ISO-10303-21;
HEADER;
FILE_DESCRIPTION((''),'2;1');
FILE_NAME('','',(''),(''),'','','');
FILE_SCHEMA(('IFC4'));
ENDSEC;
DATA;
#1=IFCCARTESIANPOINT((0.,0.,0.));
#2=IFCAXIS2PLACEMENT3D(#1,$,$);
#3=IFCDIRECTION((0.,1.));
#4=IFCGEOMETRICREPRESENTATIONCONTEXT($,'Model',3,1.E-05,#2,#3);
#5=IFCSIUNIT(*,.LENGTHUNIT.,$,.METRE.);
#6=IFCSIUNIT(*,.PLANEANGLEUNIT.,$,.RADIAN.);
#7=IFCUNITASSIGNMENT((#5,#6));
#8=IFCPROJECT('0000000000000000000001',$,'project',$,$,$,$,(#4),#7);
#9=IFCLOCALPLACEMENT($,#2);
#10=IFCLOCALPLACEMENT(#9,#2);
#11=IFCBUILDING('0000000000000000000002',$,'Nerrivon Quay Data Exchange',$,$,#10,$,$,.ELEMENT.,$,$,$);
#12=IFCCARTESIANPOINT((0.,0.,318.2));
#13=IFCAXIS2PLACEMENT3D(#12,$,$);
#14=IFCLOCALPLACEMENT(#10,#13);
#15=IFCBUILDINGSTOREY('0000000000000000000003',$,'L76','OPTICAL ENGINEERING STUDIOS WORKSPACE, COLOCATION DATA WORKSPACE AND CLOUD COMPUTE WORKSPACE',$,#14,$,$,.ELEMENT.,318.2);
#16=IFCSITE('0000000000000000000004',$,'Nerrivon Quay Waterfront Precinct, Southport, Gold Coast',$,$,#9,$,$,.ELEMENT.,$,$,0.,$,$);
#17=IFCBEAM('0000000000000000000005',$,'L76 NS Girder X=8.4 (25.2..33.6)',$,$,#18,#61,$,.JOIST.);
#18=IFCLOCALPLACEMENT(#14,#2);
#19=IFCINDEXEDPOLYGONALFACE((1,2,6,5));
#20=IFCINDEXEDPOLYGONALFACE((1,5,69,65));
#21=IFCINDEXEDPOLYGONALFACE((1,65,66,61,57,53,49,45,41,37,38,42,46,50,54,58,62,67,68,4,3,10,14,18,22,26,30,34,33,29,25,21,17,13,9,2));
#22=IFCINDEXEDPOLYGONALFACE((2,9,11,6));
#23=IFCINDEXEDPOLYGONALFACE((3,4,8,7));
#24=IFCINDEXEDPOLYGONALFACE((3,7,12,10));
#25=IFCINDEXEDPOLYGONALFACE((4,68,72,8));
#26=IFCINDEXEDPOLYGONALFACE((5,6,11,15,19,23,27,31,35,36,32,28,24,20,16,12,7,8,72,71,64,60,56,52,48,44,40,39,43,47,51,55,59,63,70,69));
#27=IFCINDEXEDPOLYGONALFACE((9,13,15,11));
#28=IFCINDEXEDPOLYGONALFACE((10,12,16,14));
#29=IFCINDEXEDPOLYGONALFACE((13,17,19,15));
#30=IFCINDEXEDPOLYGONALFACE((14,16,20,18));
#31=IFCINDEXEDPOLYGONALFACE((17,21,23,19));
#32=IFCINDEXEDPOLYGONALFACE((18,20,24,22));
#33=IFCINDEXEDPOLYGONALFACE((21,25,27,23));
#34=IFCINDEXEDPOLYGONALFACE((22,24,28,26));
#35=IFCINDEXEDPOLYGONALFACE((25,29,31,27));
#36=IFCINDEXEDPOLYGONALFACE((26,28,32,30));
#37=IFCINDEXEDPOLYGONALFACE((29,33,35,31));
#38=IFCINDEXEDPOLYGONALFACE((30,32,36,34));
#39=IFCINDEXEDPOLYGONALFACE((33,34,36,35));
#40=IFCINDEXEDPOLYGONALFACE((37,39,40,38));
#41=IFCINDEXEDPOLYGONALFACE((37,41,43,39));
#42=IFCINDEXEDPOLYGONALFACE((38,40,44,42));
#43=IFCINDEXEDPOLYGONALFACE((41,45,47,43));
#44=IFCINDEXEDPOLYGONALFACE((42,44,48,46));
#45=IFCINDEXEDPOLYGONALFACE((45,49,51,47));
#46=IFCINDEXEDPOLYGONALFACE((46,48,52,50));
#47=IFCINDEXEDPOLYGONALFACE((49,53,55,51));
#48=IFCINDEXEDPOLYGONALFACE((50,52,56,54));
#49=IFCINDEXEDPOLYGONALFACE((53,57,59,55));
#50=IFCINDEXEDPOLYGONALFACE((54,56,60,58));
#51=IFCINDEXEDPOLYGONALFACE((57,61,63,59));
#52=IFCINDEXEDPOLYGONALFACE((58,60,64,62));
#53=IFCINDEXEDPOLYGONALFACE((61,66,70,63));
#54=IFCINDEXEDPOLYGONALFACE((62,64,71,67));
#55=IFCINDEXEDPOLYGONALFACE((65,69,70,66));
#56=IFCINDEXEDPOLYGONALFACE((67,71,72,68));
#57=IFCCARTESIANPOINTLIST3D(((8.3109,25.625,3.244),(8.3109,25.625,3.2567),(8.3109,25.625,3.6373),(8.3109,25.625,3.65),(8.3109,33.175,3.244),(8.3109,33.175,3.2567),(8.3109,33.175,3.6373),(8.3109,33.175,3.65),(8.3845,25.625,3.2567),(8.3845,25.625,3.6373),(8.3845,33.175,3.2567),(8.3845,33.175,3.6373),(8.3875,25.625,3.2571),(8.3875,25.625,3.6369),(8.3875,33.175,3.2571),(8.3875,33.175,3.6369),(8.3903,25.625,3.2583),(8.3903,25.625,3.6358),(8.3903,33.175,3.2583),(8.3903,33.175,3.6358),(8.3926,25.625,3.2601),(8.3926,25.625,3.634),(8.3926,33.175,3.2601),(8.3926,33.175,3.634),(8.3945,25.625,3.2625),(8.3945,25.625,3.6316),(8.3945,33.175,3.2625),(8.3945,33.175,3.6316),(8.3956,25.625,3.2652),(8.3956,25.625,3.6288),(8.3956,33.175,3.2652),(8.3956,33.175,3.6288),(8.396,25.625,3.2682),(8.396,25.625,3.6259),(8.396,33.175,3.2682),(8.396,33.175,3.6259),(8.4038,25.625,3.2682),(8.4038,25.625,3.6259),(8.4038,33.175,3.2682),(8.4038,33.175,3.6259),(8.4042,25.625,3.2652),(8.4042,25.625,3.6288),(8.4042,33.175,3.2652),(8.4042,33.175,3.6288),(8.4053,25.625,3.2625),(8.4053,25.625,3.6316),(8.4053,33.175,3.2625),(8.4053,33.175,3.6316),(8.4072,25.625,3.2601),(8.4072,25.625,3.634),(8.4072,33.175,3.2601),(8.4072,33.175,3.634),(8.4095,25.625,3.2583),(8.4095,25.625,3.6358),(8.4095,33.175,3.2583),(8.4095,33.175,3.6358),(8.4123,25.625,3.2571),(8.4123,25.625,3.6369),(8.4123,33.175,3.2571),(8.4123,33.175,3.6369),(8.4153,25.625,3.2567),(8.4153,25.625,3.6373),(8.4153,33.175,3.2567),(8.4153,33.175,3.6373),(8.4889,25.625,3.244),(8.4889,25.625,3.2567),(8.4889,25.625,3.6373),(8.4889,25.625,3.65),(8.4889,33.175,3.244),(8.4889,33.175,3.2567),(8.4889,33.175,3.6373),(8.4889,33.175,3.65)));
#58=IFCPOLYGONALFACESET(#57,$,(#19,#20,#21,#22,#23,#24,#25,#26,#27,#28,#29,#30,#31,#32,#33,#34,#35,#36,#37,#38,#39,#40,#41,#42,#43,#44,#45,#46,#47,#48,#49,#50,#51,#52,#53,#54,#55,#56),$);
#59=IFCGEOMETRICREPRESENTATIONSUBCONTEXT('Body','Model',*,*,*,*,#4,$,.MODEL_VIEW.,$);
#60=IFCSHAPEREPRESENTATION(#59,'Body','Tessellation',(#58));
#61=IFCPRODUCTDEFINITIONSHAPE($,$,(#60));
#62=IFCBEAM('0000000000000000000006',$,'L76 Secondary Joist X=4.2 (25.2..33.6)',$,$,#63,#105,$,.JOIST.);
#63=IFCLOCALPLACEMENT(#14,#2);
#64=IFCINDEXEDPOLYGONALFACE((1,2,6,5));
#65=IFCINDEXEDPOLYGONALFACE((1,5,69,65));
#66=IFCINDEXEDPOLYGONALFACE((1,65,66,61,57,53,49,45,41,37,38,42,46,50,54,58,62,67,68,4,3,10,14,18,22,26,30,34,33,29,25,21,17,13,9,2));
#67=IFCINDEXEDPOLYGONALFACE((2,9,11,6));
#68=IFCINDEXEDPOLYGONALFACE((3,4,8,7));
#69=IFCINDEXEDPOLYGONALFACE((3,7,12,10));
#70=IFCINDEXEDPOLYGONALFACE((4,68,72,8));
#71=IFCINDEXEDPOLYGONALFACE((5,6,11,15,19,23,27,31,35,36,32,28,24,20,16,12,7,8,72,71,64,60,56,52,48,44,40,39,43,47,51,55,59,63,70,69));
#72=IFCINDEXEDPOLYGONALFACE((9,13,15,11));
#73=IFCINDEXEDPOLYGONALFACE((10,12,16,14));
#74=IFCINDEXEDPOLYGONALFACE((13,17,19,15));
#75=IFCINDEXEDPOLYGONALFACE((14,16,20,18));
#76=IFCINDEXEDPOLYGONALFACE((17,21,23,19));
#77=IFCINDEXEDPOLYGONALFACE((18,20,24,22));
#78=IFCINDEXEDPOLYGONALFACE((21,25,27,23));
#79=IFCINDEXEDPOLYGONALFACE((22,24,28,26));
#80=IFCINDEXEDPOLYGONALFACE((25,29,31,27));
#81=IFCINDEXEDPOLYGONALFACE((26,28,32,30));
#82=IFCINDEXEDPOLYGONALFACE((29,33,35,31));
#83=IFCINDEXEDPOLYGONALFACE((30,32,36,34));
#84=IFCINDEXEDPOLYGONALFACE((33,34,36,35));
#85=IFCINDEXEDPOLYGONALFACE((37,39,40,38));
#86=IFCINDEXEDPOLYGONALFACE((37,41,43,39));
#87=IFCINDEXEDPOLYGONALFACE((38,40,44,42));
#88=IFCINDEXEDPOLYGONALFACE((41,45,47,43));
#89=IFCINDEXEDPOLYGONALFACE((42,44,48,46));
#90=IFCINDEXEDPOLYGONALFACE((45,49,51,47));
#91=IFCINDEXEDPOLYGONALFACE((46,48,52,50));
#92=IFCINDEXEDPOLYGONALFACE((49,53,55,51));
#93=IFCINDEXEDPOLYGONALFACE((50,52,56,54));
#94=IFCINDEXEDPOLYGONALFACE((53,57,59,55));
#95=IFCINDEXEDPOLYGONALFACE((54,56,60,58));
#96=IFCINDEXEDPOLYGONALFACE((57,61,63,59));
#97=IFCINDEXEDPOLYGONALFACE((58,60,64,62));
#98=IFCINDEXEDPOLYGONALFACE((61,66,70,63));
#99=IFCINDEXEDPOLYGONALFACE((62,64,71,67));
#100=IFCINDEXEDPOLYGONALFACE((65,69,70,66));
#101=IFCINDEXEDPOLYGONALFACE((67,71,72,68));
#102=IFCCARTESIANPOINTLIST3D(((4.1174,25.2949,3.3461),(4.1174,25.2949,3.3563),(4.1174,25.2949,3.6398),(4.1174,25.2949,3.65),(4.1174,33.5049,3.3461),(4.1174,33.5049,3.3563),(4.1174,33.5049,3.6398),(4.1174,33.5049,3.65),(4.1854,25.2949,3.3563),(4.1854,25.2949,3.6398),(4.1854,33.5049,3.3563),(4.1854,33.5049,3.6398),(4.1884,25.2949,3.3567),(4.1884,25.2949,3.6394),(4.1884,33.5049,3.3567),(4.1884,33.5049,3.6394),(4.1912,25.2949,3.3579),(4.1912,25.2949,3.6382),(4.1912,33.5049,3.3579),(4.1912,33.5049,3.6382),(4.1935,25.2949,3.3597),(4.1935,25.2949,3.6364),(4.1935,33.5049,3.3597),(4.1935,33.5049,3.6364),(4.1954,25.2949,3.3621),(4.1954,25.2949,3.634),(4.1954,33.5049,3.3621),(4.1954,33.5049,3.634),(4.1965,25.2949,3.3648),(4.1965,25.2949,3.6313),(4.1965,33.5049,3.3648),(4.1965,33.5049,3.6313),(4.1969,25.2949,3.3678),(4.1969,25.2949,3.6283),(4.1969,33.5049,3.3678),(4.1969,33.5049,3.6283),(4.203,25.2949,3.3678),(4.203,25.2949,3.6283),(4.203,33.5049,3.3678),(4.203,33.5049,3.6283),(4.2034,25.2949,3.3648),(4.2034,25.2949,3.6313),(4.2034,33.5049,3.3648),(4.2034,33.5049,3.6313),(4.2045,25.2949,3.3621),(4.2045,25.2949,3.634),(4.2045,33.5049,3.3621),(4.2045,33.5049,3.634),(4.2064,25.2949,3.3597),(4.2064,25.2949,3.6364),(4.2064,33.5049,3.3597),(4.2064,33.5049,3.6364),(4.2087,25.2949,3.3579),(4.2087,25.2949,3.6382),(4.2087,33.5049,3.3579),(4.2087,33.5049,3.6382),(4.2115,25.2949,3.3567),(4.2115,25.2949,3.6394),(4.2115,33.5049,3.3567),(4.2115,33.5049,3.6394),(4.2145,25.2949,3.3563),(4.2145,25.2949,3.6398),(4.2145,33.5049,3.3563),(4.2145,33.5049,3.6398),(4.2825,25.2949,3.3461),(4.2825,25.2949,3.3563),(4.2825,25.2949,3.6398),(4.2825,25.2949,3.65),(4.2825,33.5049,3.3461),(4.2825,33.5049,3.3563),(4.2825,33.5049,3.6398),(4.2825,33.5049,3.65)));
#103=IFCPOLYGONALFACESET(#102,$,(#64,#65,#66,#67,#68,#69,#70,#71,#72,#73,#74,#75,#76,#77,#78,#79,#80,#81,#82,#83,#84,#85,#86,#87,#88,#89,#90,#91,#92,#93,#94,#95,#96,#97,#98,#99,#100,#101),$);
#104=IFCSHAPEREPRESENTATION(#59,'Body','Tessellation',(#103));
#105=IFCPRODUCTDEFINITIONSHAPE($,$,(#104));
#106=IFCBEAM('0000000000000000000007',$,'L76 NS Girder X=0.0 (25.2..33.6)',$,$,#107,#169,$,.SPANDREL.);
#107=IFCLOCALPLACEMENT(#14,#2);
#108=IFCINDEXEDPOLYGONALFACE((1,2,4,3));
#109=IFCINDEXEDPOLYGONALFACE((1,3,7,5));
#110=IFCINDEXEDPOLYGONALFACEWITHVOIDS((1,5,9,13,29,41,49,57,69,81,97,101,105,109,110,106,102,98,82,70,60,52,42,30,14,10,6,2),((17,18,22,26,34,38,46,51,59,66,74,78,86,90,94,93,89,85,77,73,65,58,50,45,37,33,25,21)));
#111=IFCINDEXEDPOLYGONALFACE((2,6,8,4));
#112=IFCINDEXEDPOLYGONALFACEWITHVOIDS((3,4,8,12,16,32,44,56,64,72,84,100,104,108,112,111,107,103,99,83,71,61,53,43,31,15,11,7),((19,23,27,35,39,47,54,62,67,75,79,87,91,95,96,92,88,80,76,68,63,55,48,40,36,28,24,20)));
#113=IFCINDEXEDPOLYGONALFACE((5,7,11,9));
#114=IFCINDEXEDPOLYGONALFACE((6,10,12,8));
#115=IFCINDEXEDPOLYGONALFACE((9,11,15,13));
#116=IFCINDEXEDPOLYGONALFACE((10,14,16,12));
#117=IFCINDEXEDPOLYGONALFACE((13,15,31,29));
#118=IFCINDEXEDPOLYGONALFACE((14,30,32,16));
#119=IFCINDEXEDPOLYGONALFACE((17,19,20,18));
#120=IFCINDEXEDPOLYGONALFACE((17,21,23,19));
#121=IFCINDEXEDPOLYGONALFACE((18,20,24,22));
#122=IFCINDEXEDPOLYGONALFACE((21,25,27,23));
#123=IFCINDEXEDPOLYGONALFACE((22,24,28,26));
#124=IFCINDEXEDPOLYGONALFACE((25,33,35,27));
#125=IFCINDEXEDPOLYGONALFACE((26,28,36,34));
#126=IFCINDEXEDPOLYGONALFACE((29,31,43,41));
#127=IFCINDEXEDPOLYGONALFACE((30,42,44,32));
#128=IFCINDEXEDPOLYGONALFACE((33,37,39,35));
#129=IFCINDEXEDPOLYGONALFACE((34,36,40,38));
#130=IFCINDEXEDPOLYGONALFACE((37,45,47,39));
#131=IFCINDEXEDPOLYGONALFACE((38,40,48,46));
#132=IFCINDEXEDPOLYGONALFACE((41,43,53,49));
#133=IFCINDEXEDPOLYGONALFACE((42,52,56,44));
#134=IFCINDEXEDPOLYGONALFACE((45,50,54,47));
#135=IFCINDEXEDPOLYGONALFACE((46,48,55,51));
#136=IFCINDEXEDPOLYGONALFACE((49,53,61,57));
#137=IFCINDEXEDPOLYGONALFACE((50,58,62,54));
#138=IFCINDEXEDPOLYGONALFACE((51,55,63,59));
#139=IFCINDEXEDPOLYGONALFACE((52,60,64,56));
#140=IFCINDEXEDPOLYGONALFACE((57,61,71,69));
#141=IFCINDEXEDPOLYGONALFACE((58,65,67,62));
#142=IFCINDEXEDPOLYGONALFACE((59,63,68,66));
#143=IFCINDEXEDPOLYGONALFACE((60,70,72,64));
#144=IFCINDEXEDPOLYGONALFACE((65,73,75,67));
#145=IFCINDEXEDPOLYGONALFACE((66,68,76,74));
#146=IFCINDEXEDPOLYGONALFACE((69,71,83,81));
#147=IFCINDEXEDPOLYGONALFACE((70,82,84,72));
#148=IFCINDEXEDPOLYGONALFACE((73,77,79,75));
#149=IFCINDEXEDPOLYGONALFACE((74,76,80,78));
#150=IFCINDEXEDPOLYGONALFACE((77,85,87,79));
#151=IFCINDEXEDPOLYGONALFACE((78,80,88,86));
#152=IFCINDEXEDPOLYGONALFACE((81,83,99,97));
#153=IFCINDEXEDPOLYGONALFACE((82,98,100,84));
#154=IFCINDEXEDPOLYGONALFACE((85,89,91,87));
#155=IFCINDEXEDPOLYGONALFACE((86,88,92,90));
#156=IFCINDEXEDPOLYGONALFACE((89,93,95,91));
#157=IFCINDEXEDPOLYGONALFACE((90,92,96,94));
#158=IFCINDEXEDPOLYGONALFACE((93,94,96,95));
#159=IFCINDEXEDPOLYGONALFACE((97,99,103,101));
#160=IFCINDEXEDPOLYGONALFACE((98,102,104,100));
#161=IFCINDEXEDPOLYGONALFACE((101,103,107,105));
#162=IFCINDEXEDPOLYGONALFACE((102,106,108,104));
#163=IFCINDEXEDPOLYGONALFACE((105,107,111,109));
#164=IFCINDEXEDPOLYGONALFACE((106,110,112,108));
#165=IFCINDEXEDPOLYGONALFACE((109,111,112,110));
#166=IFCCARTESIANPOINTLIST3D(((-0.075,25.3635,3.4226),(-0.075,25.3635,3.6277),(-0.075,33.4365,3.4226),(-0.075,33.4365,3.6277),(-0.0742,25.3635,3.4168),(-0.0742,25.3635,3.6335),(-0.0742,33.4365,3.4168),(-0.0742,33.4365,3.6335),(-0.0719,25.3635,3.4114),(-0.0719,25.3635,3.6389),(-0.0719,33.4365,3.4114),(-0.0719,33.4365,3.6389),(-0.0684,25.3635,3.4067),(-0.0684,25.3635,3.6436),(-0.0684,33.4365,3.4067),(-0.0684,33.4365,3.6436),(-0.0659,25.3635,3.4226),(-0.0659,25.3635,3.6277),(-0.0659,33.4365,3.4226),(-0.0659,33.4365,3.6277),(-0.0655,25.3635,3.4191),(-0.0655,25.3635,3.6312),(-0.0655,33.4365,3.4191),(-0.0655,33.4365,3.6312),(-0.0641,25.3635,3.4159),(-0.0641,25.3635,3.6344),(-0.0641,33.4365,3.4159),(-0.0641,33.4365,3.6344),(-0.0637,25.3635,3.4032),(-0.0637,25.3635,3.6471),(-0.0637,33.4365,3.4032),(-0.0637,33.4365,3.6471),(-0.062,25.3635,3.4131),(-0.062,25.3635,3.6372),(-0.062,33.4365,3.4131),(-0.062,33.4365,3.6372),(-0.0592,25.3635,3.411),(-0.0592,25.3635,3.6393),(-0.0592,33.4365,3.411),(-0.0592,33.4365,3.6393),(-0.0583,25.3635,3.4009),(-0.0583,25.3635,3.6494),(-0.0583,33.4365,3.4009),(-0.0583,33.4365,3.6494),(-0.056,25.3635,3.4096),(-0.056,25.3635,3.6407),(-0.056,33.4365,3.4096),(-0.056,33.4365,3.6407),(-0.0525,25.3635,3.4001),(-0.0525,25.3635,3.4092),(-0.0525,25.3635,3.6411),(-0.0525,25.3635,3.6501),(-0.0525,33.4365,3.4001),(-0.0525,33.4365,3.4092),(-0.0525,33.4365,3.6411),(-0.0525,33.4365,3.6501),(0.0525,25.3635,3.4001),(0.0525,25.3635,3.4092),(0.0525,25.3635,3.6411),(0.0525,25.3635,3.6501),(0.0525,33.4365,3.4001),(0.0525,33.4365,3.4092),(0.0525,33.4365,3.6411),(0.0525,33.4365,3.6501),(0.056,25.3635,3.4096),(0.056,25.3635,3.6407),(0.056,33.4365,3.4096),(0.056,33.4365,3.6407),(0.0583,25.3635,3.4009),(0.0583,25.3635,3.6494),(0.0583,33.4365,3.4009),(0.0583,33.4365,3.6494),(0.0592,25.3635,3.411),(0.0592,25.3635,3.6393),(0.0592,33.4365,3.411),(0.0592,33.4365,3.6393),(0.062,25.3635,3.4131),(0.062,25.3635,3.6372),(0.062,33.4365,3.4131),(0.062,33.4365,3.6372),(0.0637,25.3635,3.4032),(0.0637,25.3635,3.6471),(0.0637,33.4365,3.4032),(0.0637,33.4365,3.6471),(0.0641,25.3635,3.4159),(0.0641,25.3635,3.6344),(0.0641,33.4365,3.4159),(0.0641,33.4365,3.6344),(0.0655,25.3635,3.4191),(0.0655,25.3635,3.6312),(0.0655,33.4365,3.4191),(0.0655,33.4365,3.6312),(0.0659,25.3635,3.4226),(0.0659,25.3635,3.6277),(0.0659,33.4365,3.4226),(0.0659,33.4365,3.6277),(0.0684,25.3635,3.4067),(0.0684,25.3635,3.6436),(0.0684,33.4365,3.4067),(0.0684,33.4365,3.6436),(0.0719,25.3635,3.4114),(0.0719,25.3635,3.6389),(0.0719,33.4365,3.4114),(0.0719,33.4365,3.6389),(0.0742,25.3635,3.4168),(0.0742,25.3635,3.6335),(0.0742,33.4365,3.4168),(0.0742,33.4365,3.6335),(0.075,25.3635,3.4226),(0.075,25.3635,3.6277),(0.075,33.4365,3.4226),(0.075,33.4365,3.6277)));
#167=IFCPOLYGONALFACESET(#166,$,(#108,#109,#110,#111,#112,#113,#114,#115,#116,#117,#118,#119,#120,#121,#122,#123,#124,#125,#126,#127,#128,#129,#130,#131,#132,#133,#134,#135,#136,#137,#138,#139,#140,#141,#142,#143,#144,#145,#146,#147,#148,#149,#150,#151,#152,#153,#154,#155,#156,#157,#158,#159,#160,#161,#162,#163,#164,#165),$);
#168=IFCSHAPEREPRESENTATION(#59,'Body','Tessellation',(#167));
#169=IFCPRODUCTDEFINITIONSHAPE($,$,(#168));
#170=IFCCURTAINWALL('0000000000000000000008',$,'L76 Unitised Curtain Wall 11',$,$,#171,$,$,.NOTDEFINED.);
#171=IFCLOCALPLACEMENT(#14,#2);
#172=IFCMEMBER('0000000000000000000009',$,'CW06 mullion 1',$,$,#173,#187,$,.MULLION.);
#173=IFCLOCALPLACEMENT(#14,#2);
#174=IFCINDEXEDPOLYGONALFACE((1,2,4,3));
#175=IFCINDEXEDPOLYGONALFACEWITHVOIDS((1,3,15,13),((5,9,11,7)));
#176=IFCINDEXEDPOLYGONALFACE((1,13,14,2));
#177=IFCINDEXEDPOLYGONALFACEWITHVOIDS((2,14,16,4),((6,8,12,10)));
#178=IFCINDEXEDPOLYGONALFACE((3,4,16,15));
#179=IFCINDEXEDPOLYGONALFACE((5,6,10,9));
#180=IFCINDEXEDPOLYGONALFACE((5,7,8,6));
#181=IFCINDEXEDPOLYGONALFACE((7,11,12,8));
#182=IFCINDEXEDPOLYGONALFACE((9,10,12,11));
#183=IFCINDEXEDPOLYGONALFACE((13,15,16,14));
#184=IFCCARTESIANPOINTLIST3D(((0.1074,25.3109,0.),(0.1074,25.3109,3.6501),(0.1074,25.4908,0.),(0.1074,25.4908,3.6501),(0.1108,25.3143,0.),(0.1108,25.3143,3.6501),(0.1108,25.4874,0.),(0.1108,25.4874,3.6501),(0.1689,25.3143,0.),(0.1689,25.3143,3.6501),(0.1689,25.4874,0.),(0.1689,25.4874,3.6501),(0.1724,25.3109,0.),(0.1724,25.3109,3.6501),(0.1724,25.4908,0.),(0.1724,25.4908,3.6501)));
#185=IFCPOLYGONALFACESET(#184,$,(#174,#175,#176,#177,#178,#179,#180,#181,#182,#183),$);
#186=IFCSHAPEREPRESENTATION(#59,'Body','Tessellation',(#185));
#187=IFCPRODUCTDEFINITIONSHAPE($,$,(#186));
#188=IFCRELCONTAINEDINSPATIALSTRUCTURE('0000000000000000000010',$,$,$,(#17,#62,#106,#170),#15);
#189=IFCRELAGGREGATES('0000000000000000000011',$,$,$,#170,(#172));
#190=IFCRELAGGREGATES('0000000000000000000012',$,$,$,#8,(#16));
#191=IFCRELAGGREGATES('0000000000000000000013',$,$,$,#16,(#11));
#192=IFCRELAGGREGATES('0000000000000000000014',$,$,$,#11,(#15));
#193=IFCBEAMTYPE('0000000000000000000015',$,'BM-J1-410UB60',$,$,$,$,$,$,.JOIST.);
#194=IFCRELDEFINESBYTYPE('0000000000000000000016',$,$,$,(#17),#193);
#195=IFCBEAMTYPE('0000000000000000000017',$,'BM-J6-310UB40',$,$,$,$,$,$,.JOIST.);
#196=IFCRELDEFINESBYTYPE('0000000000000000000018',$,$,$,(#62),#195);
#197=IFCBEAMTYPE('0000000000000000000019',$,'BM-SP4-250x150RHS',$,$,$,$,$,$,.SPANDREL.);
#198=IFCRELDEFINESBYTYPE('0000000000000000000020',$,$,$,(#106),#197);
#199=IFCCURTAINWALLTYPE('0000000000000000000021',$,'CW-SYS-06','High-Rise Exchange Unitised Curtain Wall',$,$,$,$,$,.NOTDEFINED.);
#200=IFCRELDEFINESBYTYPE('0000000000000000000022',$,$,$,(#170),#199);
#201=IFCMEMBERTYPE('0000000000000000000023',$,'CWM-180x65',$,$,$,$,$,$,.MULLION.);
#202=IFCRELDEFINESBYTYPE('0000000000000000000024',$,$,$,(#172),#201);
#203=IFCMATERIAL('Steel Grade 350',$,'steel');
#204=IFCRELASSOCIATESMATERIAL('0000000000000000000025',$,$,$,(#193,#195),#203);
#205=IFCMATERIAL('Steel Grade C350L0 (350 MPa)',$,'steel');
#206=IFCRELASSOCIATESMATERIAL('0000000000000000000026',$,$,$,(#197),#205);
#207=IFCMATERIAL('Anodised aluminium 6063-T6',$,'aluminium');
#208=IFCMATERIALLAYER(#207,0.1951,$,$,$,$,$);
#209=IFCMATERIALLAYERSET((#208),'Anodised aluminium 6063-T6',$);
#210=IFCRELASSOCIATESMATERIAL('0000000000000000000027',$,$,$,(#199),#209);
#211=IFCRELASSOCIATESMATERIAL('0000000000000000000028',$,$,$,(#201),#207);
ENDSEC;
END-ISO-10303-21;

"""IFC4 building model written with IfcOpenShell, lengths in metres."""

from ifc_helpers import new_model, si_unit, direction, frame, origin, origin_2d, place, context, subcontext, project, spatial, hollow_rectangle, i_section, extrude, material, layer, layer_set, material_profile, profile_set, type_object, element, aggregate, save


model = new_model("IFC4")

# Units and contexts
model_context = context("Model", 3, precision=1e-05, world=origin(), true_north=direction((0.0, 1.0)))
body_context = subcontext(model_context, "Body", "Model", "MODEL_VIEW")
ifc_project = project(units=[si_unit("LENGTHUNIT", "METRE"), si_unit("PLANEANGLEUNIT", "RADIAN")], contexts=[model_context])

# Site, building, storey
site_placement = place(None, origin())
site = spatial("IfcSite", under=ifc_project, at=site_placement, Name="Nerrivon Quay Waterfront Precinct, Southport, Gold Coast", CompositionType="ELEMENT", RefElevation=0.0)
building_placement = place(site_placement, origin())
building = spatial("IfcBuilding", under=site, at=building_placement, Name="Nerrivon Quay Data Exchange", CompositionType="ELEMENT")
storey_placement = place(building_placement, frame((0.0, 0.0, 318.2)))
storey = spatial("IfcBuildingStorey", under=building, at=storey_placement, Name="L76", Description="OPTICAL ENGINEERING STUDIOS WORKSPACE, COLOCATION DATA WORKSPACE AND CLOUD COMPUTE WORKSPACE", CompositionType="ELEMENT", Elevation=318.2)

# Beams
ifc_material_1 = material(Name="Steel Grade 350", Category="steel")
ifc_material_profile_1 = material_profile(ifc_material_1, i_section(OverallWidth=0.178, OverallDepth=0.406, WebThickness=0.0078, FlangeThickness=0.0127, FilletRadius=0.0115, at=origin_2d()), Name="410UB59.7")
ifc_profile_set_1 = profile_set([ifc_material_profile_1], Name="Steel Grade 350")
beam_type_1 = type_object("IfcBeamType", Name="BM-J1-410UB60", PredefinedType="JOIST", material=ifc_profile_set_1)
beam_1_placement = place(storey_placement, frame((8.3999, 25.625, 3.447), z_axis=(0.0, 1.0, 0.0), x_axis=(-1.0, 0.0, 0.0)))
element("IfcBeam", 1, at=beam_1_placement, inside=storey, type_object=beam_type_1, Name="L76 NS Girder X=8.4 (25.2..33.6)", PredefinedType="JOIST", context=body_context, shape_type="SweptSolid", body=[
    extrude(i_section(OverallWidth=0.178, OverallDepth=0.406, WebThickness=0.0078, FlangeThickness=0.0127, FilletRadius=0.0115, at=origin_2d()), origin(), (0.0, 0.0, 1.0), 7.55),
])
ifc_material_profile_2 = material_profile(ifc_material_1, i_section(OverallWidth=0.165, OverallDepth=0.304, WebThickness=0.0061, FlangeThickness=0.0103, FilletRadius=0.0115, at=origin_2d()), Name="310UB40.4")
ifc_profile_set_2 = profile_set([ifc_material_profile_2], Name="Steel Grade 350")
beam_type_2 = type_object("IfcBeamType", Name="BM-J6-310UB40", PredefinedType="JOIST", material=ifc_profile_set_2)
beam_2_placement = place(storey_placement, frame((4.2, 25.2949, 3.498), z_axis=(0.0, 1.0, 0.0), x_axis=(-1.0, 0.0, 0.0)))
element("IfcBeam", 2, at=beam_2_placement, inside=storey, type_object=beam_type_2, Name="L76 Secondary Joist X=4.2 (25.2..33.6)", PredefinedType="JOIST", context=body_context, shape_type="SweptSolid", body=[
    extrude(i_section(OverallWidth=0.165, OverallDepth=0.304, WebThickness=0.0061, FlangeThickness=0.0103, FilletRadius=0.0115, at=origin_2d()), origin(), (0.0, 0.0, 1.0), 8.21),
])
ifc_material_2 = material(Name="Steel Grade C350L0 (350 MPa)", Category="steel")
ifc_material_profile_3 = material_profile(ifc_material_2, hollow_rectangle(XDim=0.1499, YDim=0.25, WallThickness=0.009, InnerFilletRadius=0.0134, OuterFilletRadius=0.0225, at=origin_2d()), Name="250x150x9.0RHS")
ifc_profile_set_3 = profile_set([ifc_material_profile_3], Name="Steel Grade C350L0 (350 MPa)")
beam_type_3 = type_object("IfcBeamType", Name="BM-SP4-250x150RHS", PredefinedType="SPANDREL", material=ifc_profile_set_3)
beam_3_placement = place(storey_placement, frame((0.0, 25.3635, 3.5251), z_axis=(0.0, 1.0, 0.0), x_axis=(-1.0, 0.0, 0.0)))
element("IfcBeam", 3, at=beam_3_placement, inside=storey, type_object=beam_type_3, Name="L76 NS Girder X=0.0 (25.2..33.6)", PredefinedType="SPANDREL", context=body_context, shape_type="SweptSolid", body=[
    extrude(hollow_rectangle(XDim=0.1499, YDim=0.25, WallThickness=0.009, InnerFilletRadius=0.0134, OuterFilletRadius=0.0225, at=origin_2d()), origin(), (0.0, 0.0, 1.0), 8.073),
])

# Curtain wall, member
ifc_material_3 = material(Name="Anodised aluminium 6063-T6", Category="aluminium")
ifc_layer_1 = layer(ifc_material_3, 0.1951)
ifc_layer_set_1 = layer_set([ifc_layer_1], Name="Anodised aluminium 6063-T6")
curtain_wall_type = type_object("IfcCurtainWallType", Name="CW-SYS-06", Description="High-Rise Exchange Unitised Curtain Wall", PredefinedType="NOTDEFINED", material=ifc_layer_set_1)
curtain_wall_placement = place(storey_placement, origin())
curtain_wall = element("IfcCurtainWall", 4, at=curtain_wall_placement, inside=storey, type_object=curtain_wall_type, Name="L76 Unitised Curtain Wall 11", PredefinedType="NOTDEFINED")
ifc_material_profile_4 = material_profile(ifc_material_3, hollow_rectangle(XDim=0.0649, YDim=0.1799, WallThickness=0.0034, at=origin_2d()), Name="ALU-MULL-180x65")
ifc_profile_set_4 = profile_set([ifc_material_profile_4], Name="Anodised aluminium 6063-T6")
member_type_1 = type_object("IfcMemberType", Name="CWM-180x65", PredefinedType="MULLION", material=ifc_profile_set_4)
member_1_placement = place(storey_placement, frame((0.1399, 25.4009, 0.0), z_axis=(0.0, 0.0, 1.0), x_axis=(-1.0, 0.0, 0.0)))
member_1 = element("IfcMember", 5, at=member_1_placement, type_object=member_type_1, Name="CW06 mullion 1", PredefinedType="MULLION", context=body_context, shape_type="SweptSolid", body=[
    extrude(hollow_rectangle(XDim=0.0649, YDim=0.1799, WallThickness=0.0034, at=origin_2d()), origin(), (0.0, 0.0, 1.0), 3.6501),
])
aggregate(curtain_wall, [member_1])

save(model, "model.ifc")
